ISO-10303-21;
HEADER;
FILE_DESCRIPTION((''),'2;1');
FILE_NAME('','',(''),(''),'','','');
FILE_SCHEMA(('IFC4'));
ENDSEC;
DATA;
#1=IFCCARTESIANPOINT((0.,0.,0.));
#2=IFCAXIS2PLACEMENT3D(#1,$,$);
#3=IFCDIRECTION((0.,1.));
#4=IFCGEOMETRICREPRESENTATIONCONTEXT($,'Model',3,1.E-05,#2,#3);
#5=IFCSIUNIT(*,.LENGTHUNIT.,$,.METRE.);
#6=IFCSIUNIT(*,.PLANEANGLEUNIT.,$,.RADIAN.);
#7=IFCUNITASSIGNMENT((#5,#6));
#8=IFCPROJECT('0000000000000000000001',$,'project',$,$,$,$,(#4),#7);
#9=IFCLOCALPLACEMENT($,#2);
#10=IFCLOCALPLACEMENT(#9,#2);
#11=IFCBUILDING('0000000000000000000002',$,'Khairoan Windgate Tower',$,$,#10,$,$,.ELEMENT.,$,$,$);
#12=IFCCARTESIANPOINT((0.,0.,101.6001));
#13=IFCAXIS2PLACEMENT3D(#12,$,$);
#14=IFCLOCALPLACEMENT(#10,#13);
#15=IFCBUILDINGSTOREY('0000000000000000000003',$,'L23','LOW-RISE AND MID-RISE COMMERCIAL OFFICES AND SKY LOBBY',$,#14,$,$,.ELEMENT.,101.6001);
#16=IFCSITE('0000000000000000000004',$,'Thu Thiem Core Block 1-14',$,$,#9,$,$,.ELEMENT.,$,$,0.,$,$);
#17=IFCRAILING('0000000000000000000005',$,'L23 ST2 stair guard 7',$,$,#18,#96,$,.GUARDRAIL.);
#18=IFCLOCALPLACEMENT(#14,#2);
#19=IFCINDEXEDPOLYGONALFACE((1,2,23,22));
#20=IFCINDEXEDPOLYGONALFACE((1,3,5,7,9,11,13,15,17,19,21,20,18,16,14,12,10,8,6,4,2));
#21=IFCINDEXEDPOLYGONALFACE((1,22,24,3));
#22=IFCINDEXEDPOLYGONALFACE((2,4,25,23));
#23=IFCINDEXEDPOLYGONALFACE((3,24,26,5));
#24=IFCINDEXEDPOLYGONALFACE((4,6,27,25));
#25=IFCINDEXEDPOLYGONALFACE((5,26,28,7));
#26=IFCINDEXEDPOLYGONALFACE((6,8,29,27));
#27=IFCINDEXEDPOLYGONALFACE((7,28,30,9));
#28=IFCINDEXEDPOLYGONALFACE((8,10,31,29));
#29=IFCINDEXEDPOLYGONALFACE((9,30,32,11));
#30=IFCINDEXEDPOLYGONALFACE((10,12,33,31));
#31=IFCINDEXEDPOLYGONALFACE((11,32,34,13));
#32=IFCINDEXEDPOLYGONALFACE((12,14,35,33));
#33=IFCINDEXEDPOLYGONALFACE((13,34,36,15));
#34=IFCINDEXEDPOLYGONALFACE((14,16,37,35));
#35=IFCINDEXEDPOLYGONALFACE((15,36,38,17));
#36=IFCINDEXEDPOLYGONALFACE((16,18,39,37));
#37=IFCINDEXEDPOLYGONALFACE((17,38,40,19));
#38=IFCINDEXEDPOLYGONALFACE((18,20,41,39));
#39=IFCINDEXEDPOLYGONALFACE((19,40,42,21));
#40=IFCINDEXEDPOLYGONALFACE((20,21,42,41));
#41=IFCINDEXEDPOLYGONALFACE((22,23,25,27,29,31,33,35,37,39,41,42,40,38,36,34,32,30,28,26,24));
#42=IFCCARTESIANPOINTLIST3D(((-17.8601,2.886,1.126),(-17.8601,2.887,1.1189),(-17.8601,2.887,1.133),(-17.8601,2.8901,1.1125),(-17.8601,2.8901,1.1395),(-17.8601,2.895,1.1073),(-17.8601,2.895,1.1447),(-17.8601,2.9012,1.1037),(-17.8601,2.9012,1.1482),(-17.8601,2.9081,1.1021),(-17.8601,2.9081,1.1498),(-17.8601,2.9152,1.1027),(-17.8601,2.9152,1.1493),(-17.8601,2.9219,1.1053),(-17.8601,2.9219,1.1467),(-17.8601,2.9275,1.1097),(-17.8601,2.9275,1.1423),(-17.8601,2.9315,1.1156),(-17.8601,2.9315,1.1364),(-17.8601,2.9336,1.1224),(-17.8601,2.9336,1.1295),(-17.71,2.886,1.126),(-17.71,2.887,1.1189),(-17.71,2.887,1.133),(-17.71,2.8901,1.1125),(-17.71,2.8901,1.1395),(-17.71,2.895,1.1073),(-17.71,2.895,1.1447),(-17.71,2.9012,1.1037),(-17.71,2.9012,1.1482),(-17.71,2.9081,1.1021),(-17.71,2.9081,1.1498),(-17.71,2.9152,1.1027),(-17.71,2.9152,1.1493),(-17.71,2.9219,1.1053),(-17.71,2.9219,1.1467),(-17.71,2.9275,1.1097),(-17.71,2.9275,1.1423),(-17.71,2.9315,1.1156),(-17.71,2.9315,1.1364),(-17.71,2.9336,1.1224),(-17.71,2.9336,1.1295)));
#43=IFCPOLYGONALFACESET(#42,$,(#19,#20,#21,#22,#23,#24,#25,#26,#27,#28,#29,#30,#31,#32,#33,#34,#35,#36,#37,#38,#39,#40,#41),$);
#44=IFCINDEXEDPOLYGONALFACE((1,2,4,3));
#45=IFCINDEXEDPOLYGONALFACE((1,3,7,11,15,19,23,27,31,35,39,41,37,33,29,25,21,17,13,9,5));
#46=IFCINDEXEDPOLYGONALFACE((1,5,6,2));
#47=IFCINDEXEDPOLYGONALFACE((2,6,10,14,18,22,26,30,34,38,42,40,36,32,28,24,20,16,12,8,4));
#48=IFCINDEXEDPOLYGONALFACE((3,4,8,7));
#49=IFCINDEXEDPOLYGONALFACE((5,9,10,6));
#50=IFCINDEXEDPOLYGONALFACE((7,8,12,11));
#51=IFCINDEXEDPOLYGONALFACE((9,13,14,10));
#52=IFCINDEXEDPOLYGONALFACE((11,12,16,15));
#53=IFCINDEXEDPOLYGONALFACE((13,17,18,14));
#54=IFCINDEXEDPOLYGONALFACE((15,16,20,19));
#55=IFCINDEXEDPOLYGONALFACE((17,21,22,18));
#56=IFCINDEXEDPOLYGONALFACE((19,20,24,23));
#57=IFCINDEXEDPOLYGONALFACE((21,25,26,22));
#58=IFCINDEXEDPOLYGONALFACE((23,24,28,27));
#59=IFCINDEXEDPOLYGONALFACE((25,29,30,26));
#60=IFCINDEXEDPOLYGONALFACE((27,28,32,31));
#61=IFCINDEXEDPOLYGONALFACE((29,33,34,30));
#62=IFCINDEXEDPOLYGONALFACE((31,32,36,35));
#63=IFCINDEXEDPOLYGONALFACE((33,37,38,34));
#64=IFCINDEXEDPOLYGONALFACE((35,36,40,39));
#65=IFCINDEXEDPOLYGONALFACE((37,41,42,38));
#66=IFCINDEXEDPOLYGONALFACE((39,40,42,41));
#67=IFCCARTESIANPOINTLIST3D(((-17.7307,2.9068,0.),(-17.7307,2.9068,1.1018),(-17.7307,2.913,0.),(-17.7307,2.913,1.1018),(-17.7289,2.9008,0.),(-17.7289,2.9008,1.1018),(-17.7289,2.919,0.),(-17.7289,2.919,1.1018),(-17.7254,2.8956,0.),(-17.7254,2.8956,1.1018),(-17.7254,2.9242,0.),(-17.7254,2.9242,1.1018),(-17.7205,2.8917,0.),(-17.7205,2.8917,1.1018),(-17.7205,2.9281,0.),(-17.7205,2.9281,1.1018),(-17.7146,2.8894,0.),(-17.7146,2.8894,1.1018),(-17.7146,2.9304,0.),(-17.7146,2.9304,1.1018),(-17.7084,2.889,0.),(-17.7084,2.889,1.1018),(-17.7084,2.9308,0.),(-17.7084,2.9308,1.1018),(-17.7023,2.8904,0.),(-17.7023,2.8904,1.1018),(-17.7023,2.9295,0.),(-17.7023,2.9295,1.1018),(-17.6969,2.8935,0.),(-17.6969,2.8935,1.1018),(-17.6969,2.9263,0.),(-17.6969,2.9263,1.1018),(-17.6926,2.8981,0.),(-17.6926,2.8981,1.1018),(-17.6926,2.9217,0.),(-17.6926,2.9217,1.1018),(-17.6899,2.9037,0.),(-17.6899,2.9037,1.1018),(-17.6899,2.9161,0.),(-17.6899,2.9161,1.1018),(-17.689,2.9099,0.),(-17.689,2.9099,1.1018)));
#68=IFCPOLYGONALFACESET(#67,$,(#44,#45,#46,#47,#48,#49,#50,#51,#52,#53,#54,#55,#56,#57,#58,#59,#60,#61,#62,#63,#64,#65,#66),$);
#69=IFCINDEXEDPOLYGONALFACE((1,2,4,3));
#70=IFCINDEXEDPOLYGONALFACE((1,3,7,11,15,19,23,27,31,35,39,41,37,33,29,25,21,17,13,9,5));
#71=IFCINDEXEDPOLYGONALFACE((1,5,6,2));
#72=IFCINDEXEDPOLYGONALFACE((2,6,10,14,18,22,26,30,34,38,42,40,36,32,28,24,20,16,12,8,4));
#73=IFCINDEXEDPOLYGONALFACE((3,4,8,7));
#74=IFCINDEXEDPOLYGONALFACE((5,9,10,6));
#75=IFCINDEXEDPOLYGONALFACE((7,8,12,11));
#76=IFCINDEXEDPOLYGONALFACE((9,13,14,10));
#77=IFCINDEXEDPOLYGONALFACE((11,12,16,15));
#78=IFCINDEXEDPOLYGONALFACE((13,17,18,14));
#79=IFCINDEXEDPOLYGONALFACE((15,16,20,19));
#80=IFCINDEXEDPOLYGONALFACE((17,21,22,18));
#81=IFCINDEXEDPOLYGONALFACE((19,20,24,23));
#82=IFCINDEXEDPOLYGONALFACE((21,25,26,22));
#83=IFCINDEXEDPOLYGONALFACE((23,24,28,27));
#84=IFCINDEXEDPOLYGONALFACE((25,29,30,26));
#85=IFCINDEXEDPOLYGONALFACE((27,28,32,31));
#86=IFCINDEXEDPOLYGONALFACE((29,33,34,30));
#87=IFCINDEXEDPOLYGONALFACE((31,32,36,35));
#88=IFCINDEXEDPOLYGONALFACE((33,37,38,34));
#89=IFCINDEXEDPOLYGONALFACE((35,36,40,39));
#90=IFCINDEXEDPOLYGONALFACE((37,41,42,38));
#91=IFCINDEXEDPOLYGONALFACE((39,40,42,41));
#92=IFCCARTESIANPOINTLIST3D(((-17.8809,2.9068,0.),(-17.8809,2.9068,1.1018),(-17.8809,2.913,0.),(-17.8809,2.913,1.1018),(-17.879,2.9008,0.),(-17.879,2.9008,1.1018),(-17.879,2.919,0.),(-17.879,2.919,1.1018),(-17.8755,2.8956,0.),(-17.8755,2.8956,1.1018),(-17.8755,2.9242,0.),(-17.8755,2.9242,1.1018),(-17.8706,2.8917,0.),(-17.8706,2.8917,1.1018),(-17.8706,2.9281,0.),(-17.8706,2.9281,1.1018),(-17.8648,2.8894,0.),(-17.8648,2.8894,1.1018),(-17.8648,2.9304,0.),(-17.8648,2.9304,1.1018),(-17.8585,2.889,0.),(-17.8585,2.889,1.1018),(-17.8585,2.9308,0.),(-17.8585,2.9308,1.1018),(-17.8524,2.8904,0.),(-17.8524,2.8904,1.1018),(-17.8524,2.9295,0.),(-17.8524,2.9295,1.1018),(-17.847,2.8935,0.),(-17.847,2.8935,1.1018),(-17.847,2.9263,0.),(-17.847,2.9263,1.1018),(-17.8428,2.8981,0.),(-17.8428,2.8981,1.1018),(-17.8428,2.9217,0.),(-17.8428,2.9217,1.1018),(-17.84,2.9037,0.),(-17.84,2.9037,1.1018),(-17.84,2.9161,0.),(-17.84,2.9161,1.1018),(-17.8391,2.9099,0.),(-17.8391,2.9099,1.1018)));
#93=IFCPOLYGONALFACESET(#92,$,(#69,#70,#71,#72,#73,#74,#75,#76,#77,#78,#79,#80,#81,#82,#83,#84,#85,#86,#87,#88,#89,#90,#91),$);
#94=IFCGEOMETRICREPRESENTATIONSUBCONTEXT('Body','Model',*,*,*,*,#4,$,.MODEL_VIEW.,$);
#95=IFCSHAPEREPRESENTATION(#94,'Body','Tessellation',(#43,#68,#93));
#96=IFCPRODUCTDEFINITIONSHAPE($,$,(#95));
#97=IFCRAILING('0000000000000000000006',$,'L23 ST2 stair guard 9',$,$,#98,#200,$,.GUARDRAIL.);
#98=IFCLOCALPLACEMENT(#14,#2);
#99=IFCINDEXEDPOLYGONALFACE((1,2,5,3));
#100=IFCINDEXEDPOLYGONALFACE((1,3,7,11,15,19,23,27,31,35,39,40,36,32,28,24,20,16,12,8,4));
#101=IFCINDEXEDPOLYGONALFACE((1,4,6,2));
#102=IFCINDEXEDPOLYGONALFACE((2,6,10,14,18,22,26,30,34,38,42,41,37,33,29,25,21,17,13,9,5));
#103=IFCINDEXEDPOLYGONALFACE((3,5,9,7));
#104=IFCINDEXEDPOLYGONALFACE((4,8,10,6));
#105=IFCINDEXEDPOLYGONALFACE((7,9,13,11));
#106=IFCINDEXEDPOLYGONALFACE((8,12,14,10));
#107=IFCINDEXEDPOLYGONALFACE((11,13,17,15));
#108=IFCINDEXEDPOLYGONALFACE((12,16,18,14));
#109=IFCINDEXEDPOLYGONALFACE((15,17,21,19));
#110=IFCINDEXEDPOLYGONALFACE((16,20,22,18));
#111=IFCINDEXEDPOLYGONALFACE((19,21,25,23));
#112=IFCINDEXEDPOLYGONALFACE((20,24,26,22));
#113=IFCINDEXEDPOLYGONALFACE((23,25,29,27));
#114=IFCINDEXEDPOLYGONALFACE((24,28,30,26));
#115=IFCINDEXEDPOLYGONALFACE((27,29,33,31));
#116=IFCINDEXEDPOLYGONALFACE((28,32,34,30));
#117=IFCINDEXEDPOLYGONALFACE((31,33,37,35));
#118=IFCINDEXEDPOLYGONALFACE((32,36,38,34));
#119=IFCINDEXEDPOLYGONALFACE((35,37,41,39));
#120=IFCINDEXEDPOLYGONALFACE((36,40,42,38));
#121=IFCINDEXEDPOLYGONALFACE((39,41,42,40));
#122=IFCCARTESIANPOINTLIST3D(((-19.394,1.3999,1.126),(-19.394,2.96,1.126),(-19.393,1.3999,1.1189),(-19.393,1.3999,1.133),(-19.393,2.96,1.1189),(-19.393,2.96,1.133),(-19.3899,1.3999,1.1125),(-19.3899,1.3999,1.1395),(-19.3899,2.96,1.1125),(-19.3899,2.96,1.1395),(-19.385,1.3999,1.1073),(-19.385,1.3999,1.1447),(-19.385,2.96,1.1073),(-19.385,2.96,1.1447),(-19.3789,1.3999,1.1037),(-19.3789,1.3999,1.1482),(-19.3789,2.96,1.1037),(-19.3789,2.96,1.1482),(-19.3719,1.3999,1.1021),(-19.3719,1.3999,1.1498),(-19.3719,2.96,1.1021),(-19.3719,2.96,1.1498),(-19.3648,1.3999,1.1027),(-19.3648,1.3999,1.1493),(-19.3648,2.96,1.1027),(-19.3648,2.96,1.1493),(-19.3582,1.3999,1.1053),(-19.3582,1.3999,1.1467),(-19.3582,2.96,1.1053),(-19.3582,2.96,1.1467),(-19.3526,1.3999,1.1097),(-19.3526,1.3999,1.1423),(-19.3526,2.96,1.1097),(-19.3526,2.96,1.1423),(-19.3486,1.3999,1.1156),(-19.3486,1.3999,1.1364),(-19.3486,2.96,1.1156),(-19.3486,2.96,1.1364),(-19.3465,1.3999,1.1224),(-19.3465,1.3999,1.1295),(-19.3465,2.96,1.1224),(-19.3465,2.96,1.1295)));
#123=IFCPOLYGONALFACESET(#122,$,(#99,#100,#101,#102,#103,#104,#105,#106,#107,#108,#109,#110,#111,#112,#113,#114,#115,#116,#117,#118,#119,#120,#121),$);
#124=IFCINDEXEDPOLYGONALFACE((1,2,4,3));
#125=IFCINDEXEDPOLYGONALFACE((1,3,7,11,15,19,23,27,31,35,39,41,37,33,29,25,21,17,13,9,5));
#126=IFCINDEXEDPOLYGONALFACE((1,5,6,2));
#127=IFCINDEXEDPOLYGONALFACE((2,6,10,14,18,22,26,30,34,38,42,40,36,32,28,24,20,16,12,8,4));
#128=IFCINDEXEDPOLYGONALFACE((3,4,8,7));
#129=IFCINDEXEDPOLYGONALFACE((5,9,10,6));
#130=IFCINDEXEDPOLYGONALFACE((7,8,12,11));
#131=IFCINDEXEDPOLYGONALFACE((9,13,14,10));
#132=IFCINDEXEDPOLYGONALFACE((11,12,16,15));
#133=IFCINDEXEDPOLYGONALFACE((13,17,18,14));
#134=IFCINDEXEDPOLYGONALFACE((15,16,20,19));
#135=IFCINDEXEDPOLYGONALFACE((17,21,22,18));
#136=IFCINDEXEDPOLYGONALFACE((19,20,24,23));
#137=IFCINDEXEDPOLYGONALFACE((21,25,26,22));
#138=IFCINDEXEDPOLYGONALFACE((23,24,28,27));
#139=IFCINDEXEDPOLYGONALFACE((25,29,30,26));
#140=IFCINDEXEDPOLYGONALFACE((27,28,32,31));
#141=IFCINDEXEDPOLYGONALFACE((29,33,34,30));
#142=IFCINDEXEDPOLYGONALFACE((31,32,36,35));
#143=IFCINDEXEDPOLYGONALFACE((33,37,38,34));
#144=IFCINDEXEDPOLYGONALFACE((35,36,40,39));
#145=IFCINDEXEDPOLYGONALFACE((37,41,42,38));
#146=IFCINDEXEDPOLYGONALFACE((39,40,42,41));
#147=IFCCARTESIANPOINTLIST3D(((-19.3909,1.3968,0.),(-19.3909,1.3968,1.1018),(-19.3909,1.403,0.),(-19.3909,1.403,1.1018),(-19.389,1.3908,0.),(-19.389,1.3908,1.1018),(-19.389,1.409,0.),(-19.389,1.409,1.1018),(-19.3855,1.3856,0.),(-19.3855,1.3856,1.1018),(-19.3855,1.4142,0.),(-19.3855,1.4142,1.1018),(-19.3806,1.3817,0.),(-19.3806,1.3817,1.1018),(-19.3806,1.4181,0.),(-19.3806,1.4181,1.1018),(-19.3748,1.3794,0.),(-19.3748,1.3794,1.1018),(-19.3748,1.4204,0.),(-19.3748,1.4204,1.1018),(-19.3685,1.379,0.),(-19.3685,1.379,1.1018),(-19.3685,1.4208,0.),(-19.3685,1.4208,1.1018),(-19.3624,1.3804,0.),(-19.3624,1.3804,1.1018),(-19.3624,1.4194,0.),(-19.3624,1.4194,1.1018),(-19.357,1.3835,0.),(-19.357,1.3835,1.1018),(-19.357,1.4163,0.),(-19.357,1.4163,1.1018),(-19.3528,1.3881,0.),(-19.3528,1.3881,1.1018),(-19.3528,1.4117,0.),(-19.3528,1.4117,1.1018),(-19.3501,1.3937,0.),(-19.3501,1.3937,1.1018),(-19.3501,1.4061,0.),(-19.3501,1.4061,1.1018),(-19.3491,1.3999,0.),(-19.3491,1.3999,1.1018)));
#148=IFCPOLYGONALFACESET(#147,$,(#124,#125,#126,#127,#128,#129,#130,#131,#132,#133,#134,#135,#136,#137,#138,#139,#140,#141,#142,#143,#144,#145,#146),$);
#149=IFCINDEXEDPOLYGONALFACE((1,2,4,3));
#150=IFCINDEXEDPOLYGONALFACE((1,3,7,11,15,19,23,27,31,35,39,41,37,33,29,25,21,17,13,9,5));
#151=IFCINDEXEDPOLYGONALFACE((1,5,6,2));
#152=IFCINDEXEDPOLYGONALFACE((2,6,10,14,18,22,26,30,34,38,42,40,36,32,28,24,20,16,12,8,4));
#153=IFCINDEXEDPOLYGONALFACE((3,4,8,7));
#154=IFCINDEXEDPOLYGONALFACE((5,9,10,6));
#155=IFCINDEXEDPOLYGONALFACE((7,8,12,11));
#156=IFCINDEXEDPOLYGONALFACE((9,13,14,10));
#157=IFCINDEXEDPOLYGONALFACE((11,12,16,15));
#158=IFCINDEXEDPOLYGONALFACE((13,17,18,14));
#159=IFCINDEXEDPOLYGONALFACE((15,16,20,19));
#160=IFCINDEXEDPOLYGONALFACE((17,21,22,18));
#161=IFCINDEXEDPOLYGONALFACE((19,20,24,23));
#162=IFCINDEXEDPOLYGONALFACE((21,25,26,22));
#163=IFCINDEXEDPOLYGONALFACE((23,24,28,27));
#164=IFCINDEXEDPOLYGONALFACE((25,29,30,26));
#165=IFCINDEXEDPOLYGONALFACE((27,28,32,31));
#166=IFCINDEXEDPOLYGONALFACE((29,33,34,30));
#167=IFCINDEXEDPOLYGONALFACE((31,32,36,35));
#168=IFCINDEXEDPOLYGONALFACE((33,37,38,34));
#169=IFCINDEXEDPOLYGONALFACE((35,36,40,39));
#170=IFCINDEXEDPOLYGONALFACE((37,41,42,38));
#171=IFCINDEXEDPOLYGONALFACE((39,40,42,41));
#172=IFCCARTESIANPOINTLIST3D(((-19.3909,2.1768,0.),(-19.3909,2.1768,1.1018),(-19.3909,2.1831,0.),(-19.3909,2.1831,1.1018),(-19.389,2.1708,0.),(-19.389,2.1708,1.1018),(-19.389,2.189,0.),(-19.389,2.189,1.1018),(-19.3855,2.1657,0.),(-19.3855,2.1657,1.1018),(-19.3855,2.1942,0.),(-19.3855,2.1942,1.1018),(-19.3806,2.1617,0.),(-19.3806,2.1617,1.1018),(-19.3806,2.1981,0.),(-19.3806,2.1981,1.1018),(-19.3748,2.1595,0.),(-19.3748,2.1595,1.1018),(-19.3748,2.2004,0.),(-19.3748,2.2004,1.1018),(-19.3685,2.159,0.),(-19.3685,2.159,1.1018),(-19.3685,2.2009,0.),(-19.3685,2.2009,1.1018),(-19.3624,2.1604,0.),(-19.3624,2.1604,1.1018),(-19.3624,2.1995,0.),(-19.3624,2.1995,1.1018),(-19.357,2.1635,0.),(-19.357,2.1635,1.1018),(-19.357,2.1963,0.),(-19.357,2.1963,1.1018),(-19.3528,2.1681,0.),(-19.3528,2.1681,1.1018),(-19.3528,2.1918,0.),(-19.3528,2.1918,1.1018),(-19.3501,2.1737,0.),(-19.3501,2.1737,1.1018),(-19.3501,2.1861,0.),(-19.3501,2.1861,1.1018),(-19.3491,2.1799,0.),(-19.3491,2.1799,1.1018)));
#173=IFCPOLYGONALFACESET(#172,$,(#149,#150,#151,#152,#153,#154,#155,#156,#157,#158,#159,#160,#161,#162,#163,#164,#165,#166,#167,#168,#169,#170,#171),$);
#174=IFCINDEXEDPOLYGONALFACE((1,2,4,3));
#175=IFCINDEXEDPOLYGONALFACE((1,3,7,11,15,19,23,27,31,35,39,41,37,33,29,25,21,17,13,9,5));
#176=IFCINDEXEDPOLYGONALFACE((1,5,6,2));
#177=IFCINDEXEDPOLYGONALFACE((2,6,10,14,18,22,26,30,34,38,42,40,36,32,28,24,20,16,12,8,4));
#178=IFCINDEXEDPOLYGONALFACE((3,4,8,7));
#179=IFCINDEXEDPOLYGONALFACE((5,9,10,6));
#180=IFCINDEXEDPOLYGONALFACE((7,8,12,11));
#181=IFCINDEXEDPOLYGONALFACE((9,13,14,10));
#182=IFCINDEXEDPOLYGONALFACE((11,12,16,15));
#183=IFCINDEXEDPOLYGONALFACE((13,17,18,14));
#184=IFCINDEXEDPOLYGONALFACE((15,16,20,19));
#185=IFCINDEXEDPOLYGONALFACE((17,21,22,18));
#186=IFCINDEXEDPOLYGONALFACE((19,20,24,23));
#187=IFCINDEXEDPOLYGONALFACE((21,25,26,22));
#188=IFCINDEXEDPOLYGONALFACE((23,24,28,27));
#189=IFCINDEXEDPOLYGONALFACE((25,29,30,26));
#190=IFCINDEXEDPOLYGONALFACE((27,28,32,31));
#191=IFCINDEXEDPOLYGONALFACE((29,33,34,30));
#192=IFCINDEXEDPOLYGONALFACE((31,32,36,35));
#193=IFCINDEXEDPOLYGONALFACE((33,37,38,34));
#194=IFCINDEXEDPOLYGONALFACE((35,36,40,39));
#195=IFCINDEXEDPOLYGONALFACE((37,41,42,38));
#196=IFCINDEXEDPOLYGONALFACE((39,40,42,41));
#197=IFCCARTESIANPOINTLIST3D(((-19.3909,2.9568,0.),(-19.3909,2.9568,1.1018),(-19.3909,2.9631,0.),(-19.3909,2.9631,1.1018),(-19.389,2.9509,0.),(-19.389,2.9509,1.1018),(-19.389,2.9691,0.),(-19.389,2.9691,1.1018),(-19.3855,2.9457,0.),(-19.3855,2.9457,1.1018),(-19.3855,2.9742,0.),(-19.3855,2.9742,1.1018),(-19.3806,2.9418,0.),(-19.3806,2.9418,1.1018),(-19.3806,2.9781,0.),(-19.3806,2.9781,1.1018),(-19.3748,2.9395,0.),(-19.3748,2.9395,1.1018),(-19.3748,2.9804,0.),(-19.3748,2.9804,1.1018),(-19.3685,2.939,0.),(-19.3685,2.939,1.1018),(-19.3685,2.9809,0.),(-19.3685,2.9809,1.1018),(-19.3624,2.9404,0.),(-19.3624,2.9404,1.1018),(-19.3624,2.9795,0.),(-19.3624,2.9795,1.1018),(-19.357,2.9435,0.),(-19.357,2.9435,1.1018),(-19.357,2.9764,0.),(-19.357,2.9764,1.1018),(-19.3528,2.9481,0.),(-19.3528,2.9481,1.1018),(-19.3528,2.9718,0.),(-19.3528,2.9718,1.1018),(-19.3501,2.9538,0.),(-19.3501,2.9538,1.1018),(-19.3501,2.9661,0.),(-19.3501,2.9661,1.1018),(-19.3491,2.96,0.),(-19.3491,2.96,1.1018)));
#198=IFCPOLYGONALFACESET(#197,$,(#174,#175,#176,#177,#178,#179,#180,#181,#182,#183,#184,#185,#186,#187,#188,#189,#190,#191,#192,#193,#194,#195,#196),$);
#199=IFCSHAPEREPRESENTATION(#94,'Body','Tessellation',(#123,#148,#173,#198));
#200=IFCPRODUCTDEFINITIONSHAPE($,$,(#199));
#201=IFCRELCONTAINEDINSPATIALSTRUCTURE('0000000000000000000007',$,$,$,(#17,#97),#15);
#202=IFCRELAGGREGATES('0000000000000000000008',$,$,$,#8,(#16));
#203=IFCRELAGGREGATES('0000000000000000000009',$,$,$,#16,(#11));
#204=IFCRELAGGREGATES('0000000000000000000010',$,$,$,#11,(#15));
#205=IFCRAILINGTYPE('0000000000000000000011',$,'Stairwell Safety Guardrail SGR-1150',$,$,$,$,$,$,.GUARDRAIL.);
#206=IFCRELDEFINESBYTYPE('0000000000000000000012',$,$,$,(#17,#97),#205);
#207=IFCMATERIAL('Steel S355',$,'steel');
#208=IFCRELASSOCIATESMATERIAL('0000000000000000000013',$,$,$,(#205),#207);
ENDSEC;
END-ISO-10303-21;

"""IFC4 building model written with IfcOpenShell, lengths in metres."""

from ifc_helpers import new_model, si_unit, direction, frame, origin, origin_2d, place, context, subcontext, project, spatial, circle, extrude, material, type_object, element, save


model = new_model("IFC4")

# Units and contexts
model_context = context("Model", 3, precision=1e-05, world=origin(), true_north=direction((0.0, 1.0)))
body_context = subcontext(model_context, "Body", "Model", "MODEL_VIEW")
ifc_project = project(units=[si_unit("LENGTHUNIT", "METRE"), si_unit("PLANEANGLEUNIT", "RADIAN")], contexts=[model_context])

# Site, building, storey
site_placement = place(None, origin())
site = spatial("IfcSite", under=ifc_project, at=site_placement, Name="Thu Thiem Core Block 1-14", CompositionType="ELEMENT", RefElevation=0.0)
building_placement = place(site_placement, origin())
building = spatial("IfcBuilding", under=site, at=building_placement, Name="Khairoan Windgate Tower", CompositionType="ELEMENT")
storey_placement = place(building_placement, frame((0.0, 0.0, 101.6001)))
storey = spatial("IfcBuildingStorey", under=building, at=storey_placement, Name="L23", Description="LOW-RISE AND MID-RISE COMMERCIAL OFFICES AND SKY LOBBY", CompositionType="ELEMENT", Elevation=101.6001)

# Railings
ifc_material_1 = material(Name="Steel S355", Category="steel")
railing_type_1 = type_object("IfcRailingType", Name="Stairwell Safety Guardrail SGR-1150", PredefinedType="GUARDRAIL", material=ifc_material_1)
railing_1_placement = place(storey_placement, frame((-17.71, 2.9099, 0.0)))
element("IfcRailing", 1, at=railing_1_placement, inside=storey, type_object=railing_type_1, Name="L23 ST2 stair guard 7", PredefinedType="GUARDRAIL", context=body_context, shape_type="SweptSolid", body=[
    extrude(circle(Radius=0.0239, at=origin_2d()), frame((0.0, 0.0, 1.126), z_axis=(-1.0, 0.0, 0.0), x_axis=(0.0, -1.0, 0.0)), (0.0, 0.0, 1.0), 0.1501),
    extrude(circle(Radius=0.021, at=origin_2d()), origin(), (0.0, 0.0, 1.0), 1.1018),
    extrude(circle(Radius=0.021, at=origin_2d()), frame((-0.1501, 0.0, 0.0)), (0.0, 0.0, 1.0), 1.1018),
])
railing_2_placement = place(storey_placement, frame((-19.3701, 1.3999, 0.0)))
element("IfcRailing", 2, at=railing_2_placement, inside=storey, type_object=railing_type_1, Name="L23 ST2 stair guard 9", PredefinedType="GUARDRAIL", context=body_context, shape_type="SweptSolid", body=[
    extrude(circle(Radius=0.0239, at=origin_2d()), frame((0.0, 0.0, 1.126), z_axis=(0.0, 1.0, 0.0), x_axis=(-1.0, 0.0, 0.0)), (0.0, 0.0, 1.0), 1.5601),
    extrude(circle(Radius=0.021, at=origin_2d()), origin(), (0.0, 0.0, 1.0), 1.1018),
    extrude(circle(Radius=0.021, at=origin_2d()), frame((0.0, 0.78, 0.0)), (0.0, 0.0, 1.0), 1.1018),
    extrude(circle(Radius=0.021, at=origin_2d()), frame((0.0, 1.5601, 0.0)), (0.0, 0.0, 1.0), 1.1018),
])

save(model, "model.ifc")
